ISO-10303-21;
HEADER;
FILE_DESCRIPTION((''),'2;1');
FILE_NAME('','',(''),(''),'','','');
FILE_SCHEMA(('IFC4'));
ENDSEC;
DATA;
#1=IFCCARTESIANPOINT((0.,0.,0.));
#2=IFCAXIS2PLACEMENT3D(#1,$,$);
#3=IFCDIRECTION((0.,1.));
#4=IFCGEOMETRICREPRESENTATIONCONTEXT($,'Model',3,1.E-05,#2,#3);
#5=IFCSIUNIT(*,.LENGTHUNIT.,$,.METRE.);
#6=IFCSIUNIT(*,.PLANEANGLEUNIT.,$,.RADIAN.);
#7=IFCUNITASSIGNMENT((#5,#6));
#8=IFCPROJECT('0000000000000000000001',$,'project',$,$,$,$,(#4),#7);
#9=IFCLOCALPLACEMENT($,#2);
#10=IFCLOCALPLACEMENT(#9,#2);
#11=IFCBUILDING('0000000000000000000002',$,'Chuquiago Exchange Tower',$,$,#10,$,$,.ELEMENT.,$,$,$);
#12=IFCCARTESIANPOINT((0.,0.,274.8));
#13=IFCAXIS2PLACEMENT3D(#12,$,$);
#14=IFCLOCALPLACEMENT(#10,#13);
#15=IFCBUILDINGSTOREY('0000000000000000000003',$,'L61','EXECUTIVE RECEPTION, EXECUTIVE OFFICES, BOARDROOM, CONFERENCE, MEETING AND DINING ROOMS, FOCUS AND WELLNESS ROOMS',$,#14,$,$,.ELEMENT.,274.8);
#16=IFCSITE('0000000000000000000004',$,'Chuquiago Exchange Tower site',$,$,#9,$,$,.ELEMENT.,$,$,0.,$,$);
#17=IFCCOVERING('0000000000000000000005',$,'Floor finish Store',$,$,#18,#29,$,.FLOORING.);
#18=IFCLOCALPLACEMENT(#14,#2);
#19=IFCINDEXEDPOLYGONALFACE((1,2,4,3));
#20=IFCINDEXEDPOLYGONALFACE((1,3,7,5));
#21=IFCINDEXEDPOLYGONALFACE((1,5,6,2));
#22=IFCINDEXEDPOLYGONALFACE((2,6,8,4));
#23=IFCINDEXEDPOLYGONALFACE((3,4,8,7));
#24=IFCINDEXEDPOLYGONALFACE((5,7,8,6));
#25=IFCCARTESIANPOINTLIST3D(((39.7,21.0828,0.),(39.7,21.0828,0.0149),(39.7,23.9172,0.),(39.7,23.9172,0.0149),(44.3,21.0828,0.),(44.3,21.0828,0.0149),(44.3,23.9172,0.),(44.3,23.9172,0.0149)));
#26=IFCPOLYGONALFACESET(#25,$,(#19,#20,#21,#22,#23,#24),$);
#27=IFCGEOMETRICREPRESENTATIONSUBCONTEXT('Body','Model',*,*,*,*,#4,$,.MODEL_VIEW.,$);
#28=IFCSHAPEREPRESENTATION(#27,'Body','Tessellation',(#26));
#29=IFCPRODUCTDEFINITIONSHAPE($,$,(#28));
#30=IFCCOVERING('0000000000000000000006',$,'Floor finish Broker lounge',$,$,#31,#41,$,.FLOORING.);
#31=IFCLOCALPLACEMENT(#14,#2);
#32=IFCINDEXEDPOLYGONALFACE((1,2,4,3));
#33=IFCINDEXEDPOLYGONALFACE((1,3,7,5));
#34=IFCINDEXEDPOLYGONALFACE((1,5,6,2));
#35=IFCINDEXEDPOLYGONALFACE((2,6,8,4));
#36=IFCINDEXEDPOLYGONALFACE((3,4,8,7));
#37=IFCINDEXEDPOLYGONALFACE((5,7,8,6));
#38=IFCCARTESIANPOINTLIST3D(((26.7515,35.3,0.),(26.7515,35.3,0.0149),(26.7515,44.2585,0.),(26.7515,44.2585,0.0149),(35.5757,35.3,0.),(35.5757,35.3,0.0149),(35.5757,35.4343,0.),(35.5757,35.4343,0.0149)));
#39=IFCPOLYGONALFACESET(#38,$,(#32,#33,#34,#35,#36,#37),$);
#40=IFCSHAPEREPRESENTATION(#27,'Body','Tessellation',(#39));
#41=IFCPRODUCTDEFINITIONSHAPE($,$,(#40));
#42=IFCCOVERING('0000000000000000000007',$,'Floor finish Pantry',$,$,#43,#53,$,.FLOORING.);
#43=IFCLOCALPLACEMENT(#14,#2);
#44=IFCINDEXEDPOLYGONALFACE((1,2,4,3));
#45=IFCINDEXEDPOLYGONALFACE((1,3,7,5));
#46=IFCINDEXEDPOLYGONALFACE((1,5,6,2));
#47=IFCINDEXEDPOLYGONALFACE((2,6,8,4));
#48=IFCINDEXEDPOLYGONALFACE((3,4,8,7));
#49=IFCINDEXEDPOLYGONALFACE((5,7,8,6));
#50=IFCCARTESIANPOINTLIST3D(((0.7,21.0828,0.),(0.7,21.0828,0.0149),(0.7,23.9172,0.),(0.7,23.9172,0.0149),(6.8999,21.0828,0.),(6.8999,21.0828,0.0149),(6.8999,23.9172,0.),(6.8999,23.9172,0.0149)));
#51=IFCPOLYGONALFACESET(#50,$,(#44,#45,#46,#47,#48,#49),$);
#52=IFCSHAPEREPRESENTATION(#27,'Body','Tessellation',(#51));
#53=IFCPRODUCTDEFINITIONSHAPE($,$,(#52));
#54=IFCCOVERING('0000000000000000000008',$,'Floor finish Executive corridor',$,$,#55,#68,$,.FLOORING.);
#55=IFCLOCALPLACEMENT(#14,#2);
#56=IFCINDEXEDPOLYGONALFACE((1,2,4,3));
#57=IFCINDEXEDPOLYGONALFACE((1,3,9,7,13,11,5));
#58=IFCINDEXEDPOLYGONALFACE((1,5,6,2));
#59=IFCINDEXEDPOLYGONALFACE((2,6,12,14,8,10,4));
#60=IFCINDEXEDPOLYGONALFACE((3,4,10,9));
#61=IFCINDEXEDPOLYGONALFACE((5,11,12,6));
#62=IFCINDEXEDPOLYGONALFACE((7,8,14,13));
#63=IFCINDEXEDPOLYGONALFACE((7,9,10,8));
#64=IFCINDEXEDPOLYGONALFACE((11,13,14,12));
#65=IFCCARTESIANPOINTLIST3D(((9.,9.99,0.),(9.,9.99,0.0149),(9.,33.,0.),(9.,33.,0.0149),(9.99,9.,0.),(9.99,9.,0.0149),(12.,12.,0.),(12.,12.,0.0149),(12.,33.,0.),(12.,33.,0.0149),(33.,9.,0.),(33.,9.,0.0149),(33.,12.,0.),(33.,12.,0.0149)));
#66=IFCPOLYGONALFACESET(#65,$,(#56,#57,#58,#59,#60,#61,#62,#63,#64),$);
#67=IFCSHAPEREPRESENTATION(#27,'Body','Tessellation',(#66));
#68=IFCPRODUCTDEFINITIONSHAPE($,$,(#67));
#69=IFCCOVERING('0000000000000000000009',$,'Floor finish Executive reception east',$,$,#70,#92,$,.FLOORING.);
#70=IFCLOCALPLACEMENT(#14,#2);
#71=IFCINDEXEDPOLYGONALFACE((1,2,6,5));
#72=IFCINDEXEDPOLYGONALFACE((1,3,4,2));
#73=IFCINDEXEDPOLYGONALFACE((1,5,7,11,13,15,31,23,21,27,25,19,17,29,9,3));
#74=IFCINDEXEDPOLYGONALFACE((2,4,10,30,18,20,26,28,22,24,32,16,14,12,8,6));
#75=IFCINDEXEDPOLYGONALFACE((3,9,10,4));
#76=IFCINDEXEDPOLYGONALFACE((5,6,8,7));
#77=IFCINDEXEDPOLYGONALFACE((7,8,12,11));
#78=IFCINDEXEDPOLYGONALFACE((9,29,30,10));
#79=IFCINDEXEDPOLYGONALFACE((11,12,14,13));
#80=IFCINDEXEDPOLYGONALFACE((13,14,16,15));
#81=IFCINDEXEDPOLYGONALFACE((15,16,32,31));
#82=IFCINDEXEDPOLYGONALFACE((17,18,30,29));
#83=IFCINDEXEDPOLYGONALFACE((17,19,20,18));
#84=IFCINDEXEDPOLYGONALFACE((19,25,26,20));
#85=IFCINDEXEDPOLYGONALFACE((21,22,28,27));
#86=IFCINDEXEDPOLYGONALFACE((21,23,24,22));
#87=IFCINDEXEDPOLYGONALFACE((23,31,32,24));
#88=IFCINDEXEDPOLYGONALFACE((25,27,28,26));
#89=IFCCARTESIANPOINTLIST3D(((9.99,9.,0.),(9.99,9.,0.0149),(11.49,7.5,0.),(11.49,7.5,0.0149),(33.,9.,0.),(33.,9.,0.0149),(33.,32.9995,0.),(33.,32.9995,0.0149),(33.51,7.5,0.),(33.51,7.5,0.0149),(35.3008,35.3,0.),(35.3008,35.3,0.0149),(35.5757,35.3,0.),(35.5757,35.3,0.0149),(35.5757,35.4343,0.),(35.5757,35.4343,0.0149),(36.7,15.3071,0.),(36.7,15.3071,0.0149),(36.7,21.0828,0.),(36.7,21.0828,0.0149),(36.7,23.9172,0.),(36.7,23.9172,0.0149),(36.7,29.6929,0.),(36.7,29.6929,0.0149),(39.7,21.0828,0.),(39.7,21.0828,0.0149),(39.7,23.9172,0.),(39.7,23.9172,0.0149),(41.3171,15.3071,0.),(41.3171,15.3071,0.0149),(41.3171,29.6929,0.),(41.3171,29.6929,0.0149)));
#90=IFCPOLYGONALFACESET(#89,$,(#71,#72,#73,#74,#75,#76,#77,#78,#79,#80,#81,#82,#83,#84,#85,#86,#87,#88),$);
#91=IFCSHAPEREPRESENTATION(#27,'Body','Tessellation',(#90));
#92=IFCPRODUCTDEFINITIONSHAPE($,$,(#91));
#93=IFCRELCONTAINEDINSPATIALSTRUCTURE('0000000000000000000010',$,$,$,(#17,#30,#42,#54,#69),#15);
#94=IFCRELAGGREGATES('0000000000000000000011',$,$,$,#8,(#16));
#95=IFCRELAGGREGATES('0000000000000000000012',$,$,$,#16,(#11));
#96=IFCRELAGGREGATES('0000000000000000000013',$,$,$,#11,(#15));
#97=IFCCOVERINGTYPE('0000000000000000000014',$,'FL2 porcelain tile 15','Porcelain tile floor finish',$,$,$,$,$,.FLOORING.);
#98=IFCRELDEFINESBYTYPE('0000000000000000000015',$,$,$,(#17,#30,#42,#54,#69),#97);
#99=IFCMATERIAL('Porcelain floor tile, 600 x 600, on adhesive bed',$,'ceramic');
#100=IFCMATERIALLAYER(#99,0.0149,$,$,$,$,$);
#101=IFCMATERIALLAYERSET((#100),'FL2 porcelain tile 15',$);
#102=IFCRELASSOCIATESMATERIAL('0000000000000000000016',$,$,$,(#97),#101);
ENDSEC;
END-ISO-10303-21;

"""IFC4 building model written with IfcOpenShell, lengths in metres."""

from ifc_helpers import new_model, si_unit, direction, frame, origin, place, context, subcontext, project, spatial, polyline, outline, extrude, material, layer, layer_set, type_object, element, save


model = new_model("IFC4")

# Units and contexts
model_context = context("Model", 3, precision=1e-05, world=origin(), true_north=direction((0.0, 1.0)))
body_context = subcontext(model_context, "Body", "Model", "MODEL_VIEW")
ifc_project = project(units=[si_unit("LENGTHUNIT", "METRE"), si_unit("PLANEANGLEUNIT", "RADIAN")], contexts=[model_context])

# Site, building, storey
site_placement = place(None, origin())
site = spatial("IfcSite", under=ifc_project, at=site_placement, Name="Chuquiago Exchange Tower site", CompositionType="ELEMENT", RefElevation=0.0)
building_placement = place(site_placement, origin())
building = spatial("IfcBuilding", under=site, at=building_placement, Name="Chuquiago Exchange Tower", CompositionType="ELEMENT")
storey_placement = place(building_placement, frame((0.0, 0.0, 274.8)))
storey = spatial("IfcBuildingStorey", under=building, at=storey_placement, Name="L61", Description="EXECUTIVE RECEPTION, EXECUTIVE OFFICES, BOARDROOM, CONFERENCE, MEETING AND DINING ROOMS, FOCUS AND WELLNESS ROOMS", CompositionType="ELEMENT", Elevation=274.8)

# Coverings
ifc_material_1 = material(Name="Porcelain floor tile, 600 x 600, on adhesive bed", Category="ceramic")
ifc_layer_1 = layer(ifc_material_1, 0.0149)
ifc_layer_set_1 = layer_set([ifc_layer_1], Name="FL2 porcelain tile 15")
covering_type_1 = type_object("IfcCoveringType", Name="FL2 porcelain tile 15", Description="Porcelain tile floor finish", PredefinedType="FLOORING", material=ifc_layer_set_1)
covering_1_placement = place(storey_placement, origin())
element("IfcCovering", 1, at=covering_1_placement, inside=storey, type_object=covering_type_1, Name="Floor finish Store", PredefinedType="FLOORING", context=body_context, shape_type="SweptSolid", body=[
    extrude(outline(polyline([(44.3, 21.0828), (39.7, 21.0828), (39.7, 23.9172), (44.3, 23.9172), (44.3, 21.0828)])), origin(), (0.0, 0.0, 1.0), 0.0149),
])
covering_2_placement = place(storey_placement, origin())
element("IfcCovering", 2, at=covering_2_placement, inside=storey, type_object=covering_type_1, Name="Floor finish Broker lounge", PredefinedType="FLOORING", context=body_context, shape_type="SweptSolid", body=[
    extrude(outline(polyline([(35.5757, 35.4343), (35.5757, 35.3), (26.7515, 35.3), (26.7515, 44.2585), (35.5757, 35.4343)])), origin(), (0.0, 0.0, 1.0), 0.0149),
])
covering_3_placement = place(storey_placement, origin())
element("IfcCovering", 3, at=covering_3_placement, inside=storey, type_object=covering_type_1, Name="Floor finish Pantry", PredefinedType="FLOORING", context=body_context, shape_type="SweptSolid", body=[
    extrude(outline(polyline([(0.7, 23.9172), (6.8999, 23.9172), (6.8999, 21.0828), (0.7, 21.0828), (0.7, 23.9172)])), origin(), (0.0, 0.0, 1.0), 0.0149),
])
covering_4_placement = place(storey_placement, origin())
element("IfcCovering", 4, at=covering_4_placement, inside=storey, type_object=covering_type_1, Name="Floor finish Executive corridor", PredefinedType="FLOORING", context=body_context, shape_type="SweptSolid", body=[
    extrude(outline(polyline([(9.0, 9.99), (9.0, 33.0), (12.0, 33.0), (12.0, 12.0), (33.0, 12.0), (33.0, 9.0), (9.99, 9.0), (9.0, 9.99)])), origin(), (0.0, 0.0, 1.0), 0.0149),
])
covering_5_placement = place(storey_placement, origin())
element("IfcCovering", 5, at=covering_5_placement, inside=storey, type_object=covering_type_1, Name="Floor finish Executive reception east", PredefinedType="FLOORING", context=body_context, shape_type="SweptSolid", body=[
    extrude(outline(polyline([(35.5757, 35.3), (35.5757, 35.4343), (41.3171, 29.6929), (36.7, 29.6929), (36.7, 23.9172), (39.7, 23.9172), (39.7, 21.0828), (36.7, 21.0828), (36.7, 15.3071), (41.3171, 15.3071), (33.51, 7.5), (11.49, 7.5), (18.2485, 0.7415), (9.99, 9.0), (33.0, 9.0), (33.0, 32.9995), (35.3008, 35.3), (35.5757, 35.3)])), origin(), (0.0, 0.0, 1.0), 0.0149),
])

save(model, "model.ifc")
